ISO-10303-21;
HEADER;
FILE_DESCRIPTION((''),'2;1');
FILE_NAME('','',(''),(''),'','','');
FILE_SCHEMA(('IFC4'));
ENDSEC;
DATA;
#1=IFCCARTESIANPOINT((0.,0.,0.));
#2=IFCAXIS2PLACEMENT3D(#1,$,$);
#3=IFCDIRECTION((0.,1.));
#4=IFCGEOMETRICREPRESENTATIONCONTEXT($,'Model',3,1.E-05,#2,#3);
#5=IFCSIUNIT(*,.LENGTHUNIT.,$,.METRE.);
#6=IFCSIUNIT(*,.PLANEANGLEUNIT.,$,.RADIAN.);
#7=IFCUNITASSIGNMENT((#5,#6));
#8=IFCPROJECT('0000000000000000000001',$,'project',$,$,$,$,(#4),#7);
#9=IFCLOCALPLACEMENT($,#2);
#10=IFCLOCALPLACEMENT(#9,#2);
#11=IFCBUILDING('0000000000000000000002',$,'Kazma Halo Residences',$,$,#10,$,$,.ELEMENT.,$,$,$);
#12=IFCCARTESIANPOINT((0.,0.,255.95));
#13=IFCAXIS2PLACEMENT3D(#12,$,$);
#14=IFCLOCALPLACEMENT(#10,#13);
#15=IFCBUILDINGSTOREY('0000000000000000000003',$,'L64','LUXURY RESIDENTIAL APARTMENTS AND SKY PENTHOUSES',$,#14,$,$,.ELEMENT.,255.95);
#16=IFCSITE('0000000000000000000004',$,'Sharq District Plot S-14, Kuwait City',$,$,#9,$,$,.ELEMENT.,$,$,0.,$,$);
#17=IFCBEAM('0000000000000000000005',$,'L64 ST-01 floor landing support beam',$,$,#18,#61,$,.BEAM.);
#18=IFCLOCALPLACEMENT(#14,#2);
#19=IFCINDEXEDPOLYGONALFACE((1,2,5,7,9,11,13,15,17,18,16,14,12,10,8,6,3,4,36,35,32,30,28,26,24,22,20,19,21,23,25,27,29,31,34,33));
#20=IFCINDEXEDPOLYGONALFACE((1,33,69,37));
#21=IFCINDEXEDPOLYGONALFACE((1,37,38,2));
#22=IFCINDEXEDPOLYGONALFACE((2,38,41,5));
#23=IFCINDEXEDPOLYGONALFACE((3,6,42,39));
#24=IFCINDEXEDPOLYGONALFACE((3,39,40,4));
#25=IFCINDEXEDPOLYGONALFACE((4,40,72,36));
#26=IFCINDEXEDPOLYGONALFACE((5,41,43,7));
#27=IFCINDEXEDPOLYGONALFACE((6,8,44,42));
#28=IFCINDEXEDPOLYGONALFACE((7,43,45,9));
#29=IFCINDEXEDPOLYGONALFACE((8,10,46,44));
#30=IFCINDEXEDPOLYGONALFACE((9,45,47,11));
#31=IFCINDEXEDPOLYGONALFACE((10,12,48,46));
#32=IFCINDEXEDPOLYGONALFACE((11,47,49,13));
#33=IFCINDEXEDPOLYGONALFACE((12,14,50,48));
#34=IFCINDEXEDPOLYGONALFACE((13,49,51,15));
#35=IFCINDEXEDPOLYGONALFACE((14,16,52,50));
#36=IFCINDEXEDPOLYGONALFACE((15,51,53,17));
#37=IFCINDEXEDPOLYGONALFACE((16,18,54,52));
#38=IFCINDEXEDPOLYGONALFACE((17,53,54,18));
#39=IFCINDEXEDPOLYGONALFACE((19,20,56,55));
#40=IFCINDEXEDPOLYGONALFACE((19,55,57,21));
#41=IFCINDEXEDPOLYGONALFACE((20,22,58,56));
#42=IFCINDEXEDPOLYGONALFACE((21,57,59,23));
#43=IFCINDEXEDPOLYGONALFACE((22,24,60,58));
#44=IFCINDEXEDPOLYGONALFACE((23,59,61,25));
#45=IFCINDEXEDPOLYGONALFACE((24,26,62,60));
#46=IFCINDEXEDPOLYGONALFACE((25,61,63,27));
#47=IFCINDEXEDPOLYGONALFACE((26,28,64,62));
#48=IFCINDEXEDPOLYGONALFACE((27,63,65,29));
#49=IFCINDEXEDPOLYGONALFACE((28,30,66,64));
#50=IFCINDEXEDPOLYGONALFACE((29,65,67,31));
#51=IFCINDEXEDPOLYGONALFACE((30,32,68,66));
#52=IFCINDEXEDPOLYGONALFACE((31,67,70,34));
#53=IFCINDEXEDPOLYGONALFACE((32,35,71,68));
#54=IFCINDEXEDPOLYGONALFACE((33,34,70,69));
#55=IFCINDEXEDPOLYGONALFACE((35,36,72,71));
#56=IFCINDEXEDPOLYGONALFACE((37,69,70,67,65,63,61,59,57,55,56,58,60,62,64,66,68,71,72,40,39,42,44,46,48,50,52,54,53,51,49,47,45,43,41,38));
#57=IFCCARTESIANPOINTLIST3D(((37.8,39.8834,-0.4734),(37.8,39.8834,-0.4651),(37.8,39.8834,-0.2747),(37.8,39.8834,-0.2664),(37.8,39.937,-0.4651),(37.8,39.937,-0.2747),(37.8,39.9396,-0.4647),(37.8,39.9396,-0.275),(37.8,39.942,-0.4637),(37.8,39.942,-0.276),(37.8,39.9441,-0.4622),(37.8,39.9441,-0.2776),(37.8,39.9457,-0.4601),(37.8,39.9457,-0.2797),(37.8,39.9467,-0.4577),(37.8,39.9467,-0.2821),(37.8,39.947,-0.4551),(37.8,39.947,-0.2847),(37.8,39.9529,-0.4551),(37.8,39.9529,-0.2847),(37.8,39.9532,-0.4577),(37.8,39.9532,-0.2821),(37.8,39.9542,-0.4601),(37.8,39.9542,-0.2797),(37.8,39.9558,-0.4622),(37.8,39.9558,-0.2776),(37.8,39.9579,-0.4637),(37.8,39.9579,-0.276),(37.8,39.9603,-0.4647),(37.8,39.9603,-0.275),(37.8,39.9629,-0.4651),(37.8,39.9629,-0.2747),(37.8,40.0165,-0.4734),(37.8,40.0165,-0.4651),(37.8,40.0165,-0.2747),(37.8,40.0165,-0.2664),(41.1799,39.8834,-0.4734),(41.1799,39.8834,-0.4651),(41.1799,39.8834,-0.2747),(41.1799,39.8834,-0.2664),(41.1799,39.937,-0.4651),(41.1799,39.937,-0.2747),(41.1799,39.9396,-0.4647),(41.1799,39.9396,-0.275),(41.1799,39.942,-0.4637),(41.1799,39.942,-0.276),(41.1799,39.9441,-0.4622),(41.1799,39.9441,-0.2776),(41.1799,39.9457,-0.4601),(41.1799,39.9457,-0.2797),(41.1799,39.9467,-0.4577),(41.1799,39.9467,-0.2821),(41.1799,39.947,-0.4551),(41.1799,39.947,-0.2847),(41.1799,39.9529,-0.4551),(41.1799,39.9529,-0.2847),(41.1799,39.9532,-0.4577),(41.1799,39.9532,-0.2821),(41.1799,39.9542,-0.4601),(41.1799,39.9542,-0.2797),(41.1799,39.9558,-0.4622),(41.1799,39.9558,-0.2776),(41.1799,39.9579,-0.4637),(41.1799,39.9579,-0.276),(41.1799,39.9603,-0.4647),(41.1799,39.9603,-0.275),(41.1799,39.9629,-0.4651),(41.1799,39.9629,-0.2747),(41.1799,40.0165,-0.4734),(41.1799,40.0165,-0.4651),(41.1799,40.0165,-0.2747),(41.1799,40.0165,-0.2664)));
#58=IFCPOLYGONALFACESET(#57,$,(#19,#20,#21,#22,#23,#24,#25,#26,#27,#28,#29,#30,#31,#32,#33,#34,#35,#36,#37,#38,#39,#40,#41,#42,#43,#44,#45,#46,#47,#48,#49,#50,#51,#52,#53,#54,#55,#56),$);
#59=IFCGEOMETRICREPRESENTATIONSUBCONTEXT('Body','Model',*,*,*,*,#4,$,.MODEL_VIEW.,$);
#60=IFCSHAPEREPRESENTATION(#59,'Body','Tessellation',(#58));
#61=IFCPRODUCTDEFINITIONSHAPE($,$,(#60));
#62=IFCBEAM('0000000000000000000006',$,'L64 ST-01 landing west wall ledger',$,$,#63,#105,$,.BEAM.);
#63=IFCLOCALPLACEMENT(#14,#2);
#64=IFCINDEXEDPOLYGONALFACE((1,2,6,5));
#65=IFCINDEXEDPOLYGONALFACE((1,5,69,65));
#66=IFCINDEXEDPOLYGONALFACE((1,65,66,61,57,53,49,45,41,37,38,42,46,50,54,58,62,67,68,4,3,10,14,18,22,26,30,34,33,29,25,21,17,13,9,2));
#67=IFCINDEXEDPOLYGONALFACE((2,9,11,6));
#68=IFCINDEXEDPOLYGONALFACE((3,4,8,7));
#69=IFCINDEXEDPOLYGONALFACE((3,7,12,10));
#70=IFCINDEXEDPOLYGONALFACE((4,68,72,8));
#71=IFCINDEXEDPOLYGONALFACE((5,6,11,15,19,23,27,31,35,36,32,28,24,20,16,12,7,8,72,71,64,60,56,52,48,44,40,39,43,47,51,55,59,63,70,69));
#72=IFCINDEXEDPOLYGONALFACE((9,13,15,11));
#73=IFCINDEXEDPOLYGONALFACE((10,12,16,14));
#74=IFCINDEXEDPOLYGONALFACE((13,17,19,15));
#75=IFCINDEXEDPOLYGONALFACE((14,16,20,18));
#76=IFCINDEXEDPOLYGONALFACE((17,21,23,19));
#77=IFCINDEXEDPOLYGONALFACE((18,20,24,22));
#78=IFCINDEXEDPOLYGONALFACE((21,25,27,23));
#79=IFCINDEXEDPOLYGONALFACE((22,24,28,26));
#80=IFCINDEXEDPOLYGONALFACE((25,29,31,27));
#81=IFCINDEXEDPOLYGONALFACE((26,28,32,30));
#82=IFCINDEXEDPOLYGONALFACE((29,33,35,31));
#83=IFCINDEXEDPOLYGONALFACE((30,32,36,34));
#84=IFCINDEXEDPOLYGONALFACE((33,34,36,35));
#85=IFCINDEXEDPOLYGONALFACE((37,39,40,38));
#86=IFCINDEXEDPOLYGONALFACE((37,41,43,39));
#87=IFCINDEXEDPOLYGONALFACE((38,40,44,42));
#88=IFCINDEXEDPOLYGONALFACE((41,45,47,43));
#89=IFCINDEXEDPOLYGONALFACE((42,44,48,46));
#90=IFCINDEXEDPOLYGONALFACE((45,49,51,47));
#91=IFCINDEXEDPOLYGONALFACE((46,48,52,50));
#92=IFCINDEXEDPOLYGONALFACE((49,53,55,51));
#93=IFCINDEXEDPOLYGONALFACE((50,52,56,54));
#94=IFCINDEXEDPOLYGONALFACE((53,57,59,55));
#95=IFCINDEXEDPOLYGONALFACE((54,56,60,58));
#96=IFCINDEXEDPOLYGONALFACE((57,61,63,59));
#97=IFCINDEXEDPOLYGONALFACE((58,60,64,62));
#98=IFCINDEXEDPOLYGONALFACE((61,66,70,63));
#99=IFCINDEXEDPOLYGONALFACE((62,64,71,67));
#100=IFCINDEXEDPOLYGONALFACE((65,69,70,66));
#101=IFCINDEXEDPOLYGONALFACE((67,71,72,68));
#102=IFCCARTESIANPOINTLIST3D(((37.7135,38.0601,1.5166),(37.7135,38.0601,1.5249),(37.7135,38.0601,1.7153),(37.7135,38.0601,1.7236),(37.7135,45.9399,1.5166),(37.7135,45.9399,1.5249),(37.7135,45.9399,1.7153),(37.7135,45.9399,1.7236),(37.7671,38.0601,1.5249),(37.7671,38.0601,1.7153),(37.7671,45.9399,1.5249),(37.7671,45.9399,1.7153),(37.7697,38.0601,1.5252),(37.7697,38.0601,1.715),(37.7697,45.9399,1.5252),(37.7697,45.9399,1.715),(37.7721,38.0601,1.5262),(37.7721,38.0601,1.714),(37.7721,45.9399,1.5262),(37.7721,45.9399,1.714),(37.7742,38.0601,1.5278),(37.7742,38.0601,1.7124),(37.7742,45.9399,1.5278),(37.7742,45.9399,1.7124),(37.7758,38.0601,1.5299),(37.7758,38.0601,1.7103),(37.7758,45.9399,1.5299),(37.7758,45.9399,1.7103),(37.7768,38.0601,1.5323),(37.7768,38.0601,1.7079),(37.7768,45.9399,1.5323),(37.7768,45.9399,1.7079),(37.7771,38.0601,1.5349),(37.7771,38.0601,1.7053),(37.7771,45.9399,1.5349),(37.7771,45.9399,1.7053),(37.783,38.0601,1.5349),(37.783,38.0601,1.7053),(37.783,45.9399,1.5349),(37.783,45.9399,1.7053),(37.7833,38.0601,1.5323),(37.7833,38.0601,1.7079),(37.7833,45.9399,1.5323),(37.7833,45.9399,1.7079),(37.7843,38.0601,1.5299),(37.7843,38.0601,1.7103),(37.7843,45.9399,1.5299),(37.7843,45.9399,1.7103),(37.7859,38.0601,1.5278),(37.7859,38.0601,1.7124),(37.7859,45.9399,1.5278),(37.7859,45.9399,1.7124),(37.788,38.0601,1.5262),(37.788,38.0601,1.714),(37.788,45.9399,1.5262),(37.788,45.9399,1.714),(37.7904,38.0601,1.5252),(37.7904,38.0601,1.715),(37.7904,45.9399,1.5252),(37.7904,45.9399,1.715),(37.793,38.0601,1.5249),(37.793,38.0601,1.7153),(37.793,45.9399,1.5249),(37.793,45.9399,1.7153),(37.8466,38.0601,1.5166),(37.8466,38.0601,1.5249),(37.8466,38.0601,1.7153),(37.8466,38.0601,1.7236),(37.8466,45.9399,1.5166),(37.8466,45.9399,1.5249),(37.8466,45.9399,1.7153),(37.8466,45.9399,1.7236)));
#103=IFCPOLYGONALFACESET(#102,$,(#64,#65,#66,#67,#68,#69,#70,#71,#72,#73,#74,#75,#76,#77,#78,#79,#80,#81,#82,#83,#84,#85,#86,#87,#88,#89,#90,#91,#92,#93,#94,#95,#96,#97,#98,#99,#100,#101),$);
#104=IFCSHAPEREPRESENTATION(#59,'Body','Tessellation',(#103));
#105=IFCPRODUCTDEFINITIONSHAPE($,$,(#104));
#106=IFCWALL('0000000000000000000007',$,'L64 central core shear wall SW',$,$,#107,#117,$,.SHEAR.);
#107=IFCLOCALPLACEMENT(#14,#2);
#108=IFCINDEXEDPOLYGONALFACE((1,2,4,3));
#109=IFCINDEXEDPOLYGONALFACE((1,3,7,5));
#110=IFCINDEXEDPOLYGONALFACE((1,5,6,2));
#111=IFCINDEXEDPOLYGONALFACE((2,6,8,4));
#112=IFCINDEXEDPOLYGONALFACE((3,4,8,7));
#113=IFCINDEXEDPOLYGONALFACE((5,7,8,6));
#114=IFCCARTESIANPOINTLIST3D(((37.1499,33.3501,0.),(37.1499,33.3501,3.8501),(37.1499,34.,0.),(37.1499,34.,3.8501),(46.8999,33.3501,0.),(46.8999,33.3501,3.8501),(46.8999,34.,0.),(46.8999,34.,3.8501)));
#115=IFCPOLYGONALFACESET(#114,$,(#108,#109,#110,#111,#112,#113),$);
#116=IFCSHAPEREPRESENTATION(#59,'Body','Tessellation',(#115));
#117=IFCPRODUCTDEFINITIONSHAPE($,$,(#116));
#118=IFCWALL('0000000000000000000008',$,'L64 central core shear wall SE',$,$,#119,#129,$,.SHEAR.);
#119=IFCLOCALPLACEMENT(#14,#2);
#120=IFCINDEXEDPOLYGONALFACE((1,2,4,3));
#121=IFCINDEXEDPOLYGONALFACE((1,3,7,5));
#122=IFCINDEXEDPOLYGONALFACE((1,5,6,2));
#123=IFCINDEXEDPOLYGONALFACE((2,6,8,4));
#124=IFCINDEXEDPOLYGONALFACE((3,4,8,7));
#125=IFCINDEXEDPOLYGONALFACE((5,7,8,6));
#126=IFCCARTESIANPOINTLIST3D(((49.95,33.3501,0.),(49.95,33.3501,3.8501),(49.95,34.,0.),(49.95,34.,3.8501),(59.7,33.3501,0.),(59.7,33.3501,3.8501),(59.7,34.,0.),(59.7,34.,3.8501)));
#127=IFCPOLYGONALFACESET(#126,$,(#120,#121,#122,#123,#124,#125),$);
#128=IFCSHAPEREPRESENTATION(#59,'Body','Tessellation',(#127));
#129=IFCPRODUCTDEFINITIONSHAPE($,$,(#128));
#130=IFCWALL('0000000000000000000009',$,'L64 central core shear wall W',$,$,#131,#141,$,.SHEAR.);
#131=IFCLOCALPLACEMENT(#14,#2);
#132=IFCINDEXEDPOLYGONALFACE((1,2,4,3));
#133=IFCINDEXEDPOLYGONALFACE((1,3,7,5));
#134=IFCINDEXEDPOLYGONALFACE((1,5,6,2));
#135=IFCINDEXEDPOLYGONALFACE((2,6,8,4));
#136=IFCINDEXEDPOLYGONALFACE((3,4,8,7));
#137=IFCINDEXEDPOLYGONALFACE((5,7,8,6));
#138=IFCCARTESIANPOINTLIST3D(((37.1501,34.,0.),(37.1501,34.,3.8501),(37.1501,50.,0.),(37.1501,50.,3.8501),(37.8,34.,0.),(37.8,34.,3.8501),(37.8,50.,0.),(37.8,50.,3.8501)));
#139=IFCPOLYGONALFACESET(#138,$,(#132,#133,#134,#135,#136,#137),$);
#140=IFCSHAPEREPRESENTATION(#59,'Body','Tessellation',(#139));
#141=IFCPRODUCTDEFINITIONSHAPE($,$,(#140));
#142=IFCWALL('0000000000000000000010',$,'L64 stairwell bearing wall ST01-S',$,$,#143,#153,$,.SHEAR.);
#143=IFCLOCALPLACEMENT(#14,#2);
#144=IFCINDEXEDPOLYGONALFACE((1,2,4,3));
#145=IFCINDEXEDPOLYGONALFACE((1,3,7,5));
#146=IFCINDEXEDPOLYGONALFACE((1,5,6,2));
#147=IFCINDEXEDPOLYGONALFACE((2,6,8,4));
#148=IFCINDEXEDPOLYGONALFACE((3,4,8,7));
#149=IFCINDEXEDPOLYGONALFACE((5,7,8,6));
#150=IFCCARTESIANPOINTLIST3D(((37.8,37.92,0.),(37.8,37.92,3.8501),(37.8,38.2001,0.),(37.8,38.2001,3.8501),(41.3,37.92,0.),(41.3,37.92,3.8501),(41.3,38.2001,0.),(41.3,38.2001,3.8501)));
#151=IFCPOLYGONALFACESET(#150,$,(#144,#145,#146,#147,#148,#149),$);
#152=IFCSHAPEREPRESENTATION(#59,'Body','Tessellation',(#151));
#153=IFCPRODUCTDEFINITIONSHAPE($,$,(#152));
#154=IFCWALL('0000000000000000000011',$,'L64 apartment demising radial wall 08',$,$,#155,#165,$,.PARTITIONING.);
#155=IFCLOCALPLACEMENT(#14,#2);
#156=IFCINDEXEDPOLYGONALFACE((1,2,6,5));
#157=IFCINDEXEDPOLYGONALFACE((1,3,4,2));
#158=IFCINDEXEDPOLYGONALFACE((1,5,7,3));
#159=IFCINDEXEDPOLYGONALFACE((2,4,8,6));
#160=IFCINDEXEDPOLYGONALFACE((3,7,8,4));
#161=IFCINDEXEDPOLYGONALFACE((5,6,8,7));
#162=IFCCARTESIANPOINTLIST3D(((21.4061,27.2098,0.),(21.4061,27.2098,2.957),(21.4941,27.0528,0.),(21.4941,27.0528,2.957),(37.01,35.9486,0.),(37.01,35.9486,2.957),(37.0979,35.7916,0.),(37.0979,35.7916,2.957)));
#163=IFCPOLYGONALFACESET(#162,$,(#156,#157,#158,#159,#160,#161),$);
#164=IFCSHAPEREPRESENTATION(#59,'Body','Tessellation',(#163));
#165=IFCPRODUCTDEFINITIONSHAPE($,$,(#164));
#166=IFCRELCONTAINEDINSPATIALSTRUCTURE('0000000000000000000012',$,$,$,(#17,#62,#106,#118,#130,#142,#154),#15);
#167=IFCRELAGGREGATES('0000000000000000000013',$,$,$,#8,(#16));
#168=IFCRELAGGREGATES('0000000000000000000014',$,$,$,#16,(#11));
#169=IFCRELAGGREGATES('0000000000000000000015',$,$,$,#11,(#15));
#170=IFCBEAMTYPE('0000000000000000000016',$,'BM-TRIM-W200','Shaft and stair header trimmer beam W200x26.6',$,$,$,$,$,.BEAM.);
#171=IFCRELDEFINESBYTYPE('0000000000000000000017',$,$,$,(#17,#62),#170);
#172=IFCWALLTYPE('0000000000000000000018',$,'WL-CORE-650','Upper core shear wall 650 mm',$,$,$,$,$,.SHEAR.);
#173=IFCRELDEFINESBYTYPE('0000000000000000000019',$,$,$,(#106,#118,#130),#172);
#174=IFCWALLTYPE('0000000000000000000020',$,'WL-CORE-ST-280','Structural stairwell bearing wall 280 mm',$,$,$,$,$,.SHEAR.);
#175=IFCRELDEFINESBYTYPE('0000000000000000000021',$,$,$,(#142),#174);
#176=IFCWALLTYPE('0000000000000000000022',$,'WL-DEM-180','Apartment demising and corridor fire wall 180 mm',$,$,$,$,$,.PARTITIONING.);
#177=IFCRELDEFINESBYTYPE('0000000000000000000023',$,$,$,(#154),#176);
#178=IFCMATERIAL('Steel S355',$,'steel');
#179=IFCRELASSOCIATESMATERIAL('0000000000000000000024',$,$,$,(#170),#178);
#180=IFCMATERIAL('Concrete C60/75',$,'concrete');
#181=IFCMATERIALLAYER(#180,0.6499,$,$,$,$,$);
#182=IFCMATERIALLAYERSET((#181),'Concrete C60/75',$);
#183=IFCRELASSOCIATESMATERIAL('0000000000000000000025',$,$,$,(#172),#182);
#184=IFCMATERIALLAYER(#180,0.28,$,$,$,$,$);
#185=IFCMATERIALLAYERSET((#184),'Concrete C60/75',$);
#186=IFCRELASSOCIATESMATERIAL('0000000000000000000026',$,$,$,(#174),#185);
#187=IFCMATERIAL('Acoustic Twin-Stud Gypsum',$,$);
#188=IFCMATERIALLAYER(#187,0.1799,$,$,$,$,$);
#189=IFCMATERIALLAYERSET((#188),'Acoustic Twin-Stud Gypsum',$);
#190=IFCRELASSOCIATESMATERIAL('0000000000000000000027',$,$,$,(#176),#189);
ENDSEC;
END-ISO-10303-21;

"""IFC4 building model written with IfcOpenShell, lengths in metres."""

from ifc_helpers import new_model, si_unit, direction, frame, frame_2d, origin, origin_2d, place, context, subcontext, project, spatial, rectangle, i_section, extrude, material, layer, layer_set, material_profile, profile_set, type_object, element, save


model = new_model("IFC4")

# Units and contexts
model_context = context("Model", 3, precision=1e-05, world=origin(), true_north=direction((0.0, 1.0)))
body_context = subcontext(model_context, "Body", "Model", "MODEL_VIEW")
ifc_project = project(units=[si_unit("LENGTHUNIT", "METRE"), si_unit("PLANEANGLEUNIT", "RADIAN")], contexts=[model_context])

# Site, building, storey
site_placement = place(None, origin())
site = spatial("IfcSite", under=ifc_project, at=site_placement, Name="Sharq District Plot S-14, Kuwait City", CompositionType="ELEMENT", RefElevation=0.0)
building_placement = place(site_placement, origin())
building = spatial("IfcBuilding", under=site, at=building_placement, Name="Kazma Halo Residences", CompositionType="ELEMENT")
storey_placement = place(building_placement, frame((0.0, 0.0, 255.95)))
storey = spatial("IfcBuildingStorey", under=building, at=storey_placement, Name="L64", Description="LUXURY RESIDENTIAL APARTMENTS AND SKY PENTHOUSES", CompositionType="ELEMENT", Elevation=255.95)

# Beams
ifc_material_1 = material(Name="Steel S355", Category="steel")
ifc_material_profile_1 = material_profile(ifc_material_1, i_section(OverallWidth=0.1331, OverallDepth=0.207, WebThickness=0.0059, FlangeThickness=0.0083, FilletRadius=0.01, at=origin_2d()), Name="W200x26.6")
ifc_profile_set_1 = profile_set([ifc_material_profile_1], Name="Steel S355")
beam_type_1 = type_object("IfcBeamType", Name="BM-TRIM-W200", Description="Shaft and stair header trimmer beam W200x26.6", PredefinedType="BEAM", material=ifc_profile_set_1)
beam_1_placement = place(storey_placement, frame((37.8, 39.95, -0.3699), z_axis=(1.0, 0.0, 0.0), x_axis=(0.0, 1.0, 0.0)))
element("IfcBeam", 1, at=beam_1_placement, inside=storey, type_object=beam_type_1, Name="L64 ST-01 floor landing support beam", PredefinedType="BEAM", context=body_context, shape_type="SweptSolid", body=[
    extrude(i_section(OverallWidth=0.1331, OverallDepth=0.207, WebThickness=0.0059, FlangeThickness=0.0083, FilletRadius=0.01, at=origin_2d()), origin(), (0.0, 0.0, 1.0), 3.3799),
])
beam_2_placement = place(storey_placement, frame((37.78, 38.0601, 1.6201), z_axis=(0.0, 1.0, 0.0), x_axis=(-1.0, 0.0, 0.0)))
element("IfcBeam", 2, at=beam_2_placement, inside=storey, type_object=beam_type_1, Name="L64 ST-01 landing west wall ledger", PredefinedType="BEAM", context=body_context, shape_type="SweptSolid", body=[
    extrude(i_section(OverallWidth=0.1331, OverallDepth=0.207, WebThickness=0.0059, FlangeThickness=0.0083, FilletRadius=0.01, at=origin_2d()), origin(), (0.0, 0.0, 1.0), 7.8799),
])

# Walls
ifc_material_2 = material(Name="Concrete C60/75", Category="concrete")
ifc_layer_1 = layer(ifc_material_2, 0.6499)
ifc_layer_set_1 = layer_set([ifc_layer_1], Name="Concrete C60/75")
wall_type_1 = type_object("IfcWallType", Name="WL-CORE-650", Description="Upper core shear wall 650 mm", PredefinedType="SHEAR", material=ifc_layer_set_1)
for number, where, z_axis, x_axis, name in (
    (3, (37.1499, 33.675, 0.0), (0.0, 0.0, 1.0), (1.0, 0.0, 0.0), "L64 central core shear wall SW"),
    (4, (49.95, 33.675, 0.0), (0.0, 0.0, 1.0), (1.0, 0.0, 0.0), "L64 central core shear wall SE"),
):
    element("IfcWall", number, at=place(storey_placement, frame(where, z_axis=z_axis, x_axis=x_axis)), inside=storey, type_object=wall_type_1, Name=name, PredefinedType="SHEAR", context=body_context, shape_type="SweptSolid", body=[
        extrude(rectangle(XDim=9.75, YDim=0.6499, at=frame_2d((4.875, 0.0))), origin(), (0.0, 0.0, 1.0), 3.8501),
    ])
wall_1_placement = place(storey_placement, frame((37.4751, 34.0, 0.0), z_axis=(0.0, 0.0, 1.0), x_axis=(0.0, 1.0, 0.0)))
element("IfcWall", 5, at=wall_1_placement, inside=storey, type_object=wall_type_1, Name="L64 central core shear wall W", PredefinedType="SHEAR", context=body_context, shape_type="SweptSolid", body=[
    extrude(rectangle(XDim=16.0, YDim=0.6499, at=frame_2d((8.0, 0.0))), origin(), (0.0, 0.0, 1.0), 3.8501),
])
ifc_layer_2 = layer(ifc_material_2, 0.28)
ifc_layer_set_2 = layer_set([ifc_layer_2], Name="Concrete C60/75")
wall_type_2 = type_object("IfcWallType", Name="WL-CORE-ST-280", Description="Structural stairwell bearing wall 280 mm", PredefinedType="SHEAR", material=ifc_layer_set_2)
wall_2_placement = place(storey_placement, frame((37.8, 38.0601, 0.0), z_axis=(0.0, 0.0, 1.0), x_axis=(1.0, 0.0, 0.0)))
element("IfcWall", 6, at=wall_2_placement, inside=storey, type_object=wall_type_2, Name="L64 stairwell bearing wall ST01-S", PredefinedType="SHEAR", context=body_context, shape_type="SweptSolid", body=[
    extrude(rectangle(XDim=3.5, YDim=0.28, at=frame_2d((1.75, 0.0))), origin(), (0.0, 0.0, 1.0), 3.8501),
])
ifc_material_3 = material(Name="Acoustic Twin-Stud Gypsum")
ifc_layer_3 = layer(ifc_material_3, 0.1799)
ifc_layer_set_3 = layer_set([ifc_layer_3], Name="Acoustic Twin-Stud Gypsum")
wall_type_3 = type_object("IfcWallType", Name="WL-DEM-180", Description="Apartment demising and corridor fire wall 180 mm", PredefinedType="PARTITIONING", material=ifc_layer_set_3)
wall_3_placement = place(storey_placement, frame((37.054, 35.8701, 0.0), z_axis=(0.0, 0.0, 1.0), x_axis=(-0.87249, -0.488632, 0.0)))
element("IfcWall", 7, at=wall_3_placement, inside=storey, type_object=wall_type_3, Name="L64 apartment demising radial wall 08", PredefinedType="PARTITIONING", context=body_context, shape_type="SweptSolid", body=[
    extrude(rectangle(XDim=17.8843, YDim=0.1799, at=frame_2d((8.9421, 0.0))), origin(), (0.0, 0.0, 1.0), 2.957),
])

save(model, "model.ifc")
